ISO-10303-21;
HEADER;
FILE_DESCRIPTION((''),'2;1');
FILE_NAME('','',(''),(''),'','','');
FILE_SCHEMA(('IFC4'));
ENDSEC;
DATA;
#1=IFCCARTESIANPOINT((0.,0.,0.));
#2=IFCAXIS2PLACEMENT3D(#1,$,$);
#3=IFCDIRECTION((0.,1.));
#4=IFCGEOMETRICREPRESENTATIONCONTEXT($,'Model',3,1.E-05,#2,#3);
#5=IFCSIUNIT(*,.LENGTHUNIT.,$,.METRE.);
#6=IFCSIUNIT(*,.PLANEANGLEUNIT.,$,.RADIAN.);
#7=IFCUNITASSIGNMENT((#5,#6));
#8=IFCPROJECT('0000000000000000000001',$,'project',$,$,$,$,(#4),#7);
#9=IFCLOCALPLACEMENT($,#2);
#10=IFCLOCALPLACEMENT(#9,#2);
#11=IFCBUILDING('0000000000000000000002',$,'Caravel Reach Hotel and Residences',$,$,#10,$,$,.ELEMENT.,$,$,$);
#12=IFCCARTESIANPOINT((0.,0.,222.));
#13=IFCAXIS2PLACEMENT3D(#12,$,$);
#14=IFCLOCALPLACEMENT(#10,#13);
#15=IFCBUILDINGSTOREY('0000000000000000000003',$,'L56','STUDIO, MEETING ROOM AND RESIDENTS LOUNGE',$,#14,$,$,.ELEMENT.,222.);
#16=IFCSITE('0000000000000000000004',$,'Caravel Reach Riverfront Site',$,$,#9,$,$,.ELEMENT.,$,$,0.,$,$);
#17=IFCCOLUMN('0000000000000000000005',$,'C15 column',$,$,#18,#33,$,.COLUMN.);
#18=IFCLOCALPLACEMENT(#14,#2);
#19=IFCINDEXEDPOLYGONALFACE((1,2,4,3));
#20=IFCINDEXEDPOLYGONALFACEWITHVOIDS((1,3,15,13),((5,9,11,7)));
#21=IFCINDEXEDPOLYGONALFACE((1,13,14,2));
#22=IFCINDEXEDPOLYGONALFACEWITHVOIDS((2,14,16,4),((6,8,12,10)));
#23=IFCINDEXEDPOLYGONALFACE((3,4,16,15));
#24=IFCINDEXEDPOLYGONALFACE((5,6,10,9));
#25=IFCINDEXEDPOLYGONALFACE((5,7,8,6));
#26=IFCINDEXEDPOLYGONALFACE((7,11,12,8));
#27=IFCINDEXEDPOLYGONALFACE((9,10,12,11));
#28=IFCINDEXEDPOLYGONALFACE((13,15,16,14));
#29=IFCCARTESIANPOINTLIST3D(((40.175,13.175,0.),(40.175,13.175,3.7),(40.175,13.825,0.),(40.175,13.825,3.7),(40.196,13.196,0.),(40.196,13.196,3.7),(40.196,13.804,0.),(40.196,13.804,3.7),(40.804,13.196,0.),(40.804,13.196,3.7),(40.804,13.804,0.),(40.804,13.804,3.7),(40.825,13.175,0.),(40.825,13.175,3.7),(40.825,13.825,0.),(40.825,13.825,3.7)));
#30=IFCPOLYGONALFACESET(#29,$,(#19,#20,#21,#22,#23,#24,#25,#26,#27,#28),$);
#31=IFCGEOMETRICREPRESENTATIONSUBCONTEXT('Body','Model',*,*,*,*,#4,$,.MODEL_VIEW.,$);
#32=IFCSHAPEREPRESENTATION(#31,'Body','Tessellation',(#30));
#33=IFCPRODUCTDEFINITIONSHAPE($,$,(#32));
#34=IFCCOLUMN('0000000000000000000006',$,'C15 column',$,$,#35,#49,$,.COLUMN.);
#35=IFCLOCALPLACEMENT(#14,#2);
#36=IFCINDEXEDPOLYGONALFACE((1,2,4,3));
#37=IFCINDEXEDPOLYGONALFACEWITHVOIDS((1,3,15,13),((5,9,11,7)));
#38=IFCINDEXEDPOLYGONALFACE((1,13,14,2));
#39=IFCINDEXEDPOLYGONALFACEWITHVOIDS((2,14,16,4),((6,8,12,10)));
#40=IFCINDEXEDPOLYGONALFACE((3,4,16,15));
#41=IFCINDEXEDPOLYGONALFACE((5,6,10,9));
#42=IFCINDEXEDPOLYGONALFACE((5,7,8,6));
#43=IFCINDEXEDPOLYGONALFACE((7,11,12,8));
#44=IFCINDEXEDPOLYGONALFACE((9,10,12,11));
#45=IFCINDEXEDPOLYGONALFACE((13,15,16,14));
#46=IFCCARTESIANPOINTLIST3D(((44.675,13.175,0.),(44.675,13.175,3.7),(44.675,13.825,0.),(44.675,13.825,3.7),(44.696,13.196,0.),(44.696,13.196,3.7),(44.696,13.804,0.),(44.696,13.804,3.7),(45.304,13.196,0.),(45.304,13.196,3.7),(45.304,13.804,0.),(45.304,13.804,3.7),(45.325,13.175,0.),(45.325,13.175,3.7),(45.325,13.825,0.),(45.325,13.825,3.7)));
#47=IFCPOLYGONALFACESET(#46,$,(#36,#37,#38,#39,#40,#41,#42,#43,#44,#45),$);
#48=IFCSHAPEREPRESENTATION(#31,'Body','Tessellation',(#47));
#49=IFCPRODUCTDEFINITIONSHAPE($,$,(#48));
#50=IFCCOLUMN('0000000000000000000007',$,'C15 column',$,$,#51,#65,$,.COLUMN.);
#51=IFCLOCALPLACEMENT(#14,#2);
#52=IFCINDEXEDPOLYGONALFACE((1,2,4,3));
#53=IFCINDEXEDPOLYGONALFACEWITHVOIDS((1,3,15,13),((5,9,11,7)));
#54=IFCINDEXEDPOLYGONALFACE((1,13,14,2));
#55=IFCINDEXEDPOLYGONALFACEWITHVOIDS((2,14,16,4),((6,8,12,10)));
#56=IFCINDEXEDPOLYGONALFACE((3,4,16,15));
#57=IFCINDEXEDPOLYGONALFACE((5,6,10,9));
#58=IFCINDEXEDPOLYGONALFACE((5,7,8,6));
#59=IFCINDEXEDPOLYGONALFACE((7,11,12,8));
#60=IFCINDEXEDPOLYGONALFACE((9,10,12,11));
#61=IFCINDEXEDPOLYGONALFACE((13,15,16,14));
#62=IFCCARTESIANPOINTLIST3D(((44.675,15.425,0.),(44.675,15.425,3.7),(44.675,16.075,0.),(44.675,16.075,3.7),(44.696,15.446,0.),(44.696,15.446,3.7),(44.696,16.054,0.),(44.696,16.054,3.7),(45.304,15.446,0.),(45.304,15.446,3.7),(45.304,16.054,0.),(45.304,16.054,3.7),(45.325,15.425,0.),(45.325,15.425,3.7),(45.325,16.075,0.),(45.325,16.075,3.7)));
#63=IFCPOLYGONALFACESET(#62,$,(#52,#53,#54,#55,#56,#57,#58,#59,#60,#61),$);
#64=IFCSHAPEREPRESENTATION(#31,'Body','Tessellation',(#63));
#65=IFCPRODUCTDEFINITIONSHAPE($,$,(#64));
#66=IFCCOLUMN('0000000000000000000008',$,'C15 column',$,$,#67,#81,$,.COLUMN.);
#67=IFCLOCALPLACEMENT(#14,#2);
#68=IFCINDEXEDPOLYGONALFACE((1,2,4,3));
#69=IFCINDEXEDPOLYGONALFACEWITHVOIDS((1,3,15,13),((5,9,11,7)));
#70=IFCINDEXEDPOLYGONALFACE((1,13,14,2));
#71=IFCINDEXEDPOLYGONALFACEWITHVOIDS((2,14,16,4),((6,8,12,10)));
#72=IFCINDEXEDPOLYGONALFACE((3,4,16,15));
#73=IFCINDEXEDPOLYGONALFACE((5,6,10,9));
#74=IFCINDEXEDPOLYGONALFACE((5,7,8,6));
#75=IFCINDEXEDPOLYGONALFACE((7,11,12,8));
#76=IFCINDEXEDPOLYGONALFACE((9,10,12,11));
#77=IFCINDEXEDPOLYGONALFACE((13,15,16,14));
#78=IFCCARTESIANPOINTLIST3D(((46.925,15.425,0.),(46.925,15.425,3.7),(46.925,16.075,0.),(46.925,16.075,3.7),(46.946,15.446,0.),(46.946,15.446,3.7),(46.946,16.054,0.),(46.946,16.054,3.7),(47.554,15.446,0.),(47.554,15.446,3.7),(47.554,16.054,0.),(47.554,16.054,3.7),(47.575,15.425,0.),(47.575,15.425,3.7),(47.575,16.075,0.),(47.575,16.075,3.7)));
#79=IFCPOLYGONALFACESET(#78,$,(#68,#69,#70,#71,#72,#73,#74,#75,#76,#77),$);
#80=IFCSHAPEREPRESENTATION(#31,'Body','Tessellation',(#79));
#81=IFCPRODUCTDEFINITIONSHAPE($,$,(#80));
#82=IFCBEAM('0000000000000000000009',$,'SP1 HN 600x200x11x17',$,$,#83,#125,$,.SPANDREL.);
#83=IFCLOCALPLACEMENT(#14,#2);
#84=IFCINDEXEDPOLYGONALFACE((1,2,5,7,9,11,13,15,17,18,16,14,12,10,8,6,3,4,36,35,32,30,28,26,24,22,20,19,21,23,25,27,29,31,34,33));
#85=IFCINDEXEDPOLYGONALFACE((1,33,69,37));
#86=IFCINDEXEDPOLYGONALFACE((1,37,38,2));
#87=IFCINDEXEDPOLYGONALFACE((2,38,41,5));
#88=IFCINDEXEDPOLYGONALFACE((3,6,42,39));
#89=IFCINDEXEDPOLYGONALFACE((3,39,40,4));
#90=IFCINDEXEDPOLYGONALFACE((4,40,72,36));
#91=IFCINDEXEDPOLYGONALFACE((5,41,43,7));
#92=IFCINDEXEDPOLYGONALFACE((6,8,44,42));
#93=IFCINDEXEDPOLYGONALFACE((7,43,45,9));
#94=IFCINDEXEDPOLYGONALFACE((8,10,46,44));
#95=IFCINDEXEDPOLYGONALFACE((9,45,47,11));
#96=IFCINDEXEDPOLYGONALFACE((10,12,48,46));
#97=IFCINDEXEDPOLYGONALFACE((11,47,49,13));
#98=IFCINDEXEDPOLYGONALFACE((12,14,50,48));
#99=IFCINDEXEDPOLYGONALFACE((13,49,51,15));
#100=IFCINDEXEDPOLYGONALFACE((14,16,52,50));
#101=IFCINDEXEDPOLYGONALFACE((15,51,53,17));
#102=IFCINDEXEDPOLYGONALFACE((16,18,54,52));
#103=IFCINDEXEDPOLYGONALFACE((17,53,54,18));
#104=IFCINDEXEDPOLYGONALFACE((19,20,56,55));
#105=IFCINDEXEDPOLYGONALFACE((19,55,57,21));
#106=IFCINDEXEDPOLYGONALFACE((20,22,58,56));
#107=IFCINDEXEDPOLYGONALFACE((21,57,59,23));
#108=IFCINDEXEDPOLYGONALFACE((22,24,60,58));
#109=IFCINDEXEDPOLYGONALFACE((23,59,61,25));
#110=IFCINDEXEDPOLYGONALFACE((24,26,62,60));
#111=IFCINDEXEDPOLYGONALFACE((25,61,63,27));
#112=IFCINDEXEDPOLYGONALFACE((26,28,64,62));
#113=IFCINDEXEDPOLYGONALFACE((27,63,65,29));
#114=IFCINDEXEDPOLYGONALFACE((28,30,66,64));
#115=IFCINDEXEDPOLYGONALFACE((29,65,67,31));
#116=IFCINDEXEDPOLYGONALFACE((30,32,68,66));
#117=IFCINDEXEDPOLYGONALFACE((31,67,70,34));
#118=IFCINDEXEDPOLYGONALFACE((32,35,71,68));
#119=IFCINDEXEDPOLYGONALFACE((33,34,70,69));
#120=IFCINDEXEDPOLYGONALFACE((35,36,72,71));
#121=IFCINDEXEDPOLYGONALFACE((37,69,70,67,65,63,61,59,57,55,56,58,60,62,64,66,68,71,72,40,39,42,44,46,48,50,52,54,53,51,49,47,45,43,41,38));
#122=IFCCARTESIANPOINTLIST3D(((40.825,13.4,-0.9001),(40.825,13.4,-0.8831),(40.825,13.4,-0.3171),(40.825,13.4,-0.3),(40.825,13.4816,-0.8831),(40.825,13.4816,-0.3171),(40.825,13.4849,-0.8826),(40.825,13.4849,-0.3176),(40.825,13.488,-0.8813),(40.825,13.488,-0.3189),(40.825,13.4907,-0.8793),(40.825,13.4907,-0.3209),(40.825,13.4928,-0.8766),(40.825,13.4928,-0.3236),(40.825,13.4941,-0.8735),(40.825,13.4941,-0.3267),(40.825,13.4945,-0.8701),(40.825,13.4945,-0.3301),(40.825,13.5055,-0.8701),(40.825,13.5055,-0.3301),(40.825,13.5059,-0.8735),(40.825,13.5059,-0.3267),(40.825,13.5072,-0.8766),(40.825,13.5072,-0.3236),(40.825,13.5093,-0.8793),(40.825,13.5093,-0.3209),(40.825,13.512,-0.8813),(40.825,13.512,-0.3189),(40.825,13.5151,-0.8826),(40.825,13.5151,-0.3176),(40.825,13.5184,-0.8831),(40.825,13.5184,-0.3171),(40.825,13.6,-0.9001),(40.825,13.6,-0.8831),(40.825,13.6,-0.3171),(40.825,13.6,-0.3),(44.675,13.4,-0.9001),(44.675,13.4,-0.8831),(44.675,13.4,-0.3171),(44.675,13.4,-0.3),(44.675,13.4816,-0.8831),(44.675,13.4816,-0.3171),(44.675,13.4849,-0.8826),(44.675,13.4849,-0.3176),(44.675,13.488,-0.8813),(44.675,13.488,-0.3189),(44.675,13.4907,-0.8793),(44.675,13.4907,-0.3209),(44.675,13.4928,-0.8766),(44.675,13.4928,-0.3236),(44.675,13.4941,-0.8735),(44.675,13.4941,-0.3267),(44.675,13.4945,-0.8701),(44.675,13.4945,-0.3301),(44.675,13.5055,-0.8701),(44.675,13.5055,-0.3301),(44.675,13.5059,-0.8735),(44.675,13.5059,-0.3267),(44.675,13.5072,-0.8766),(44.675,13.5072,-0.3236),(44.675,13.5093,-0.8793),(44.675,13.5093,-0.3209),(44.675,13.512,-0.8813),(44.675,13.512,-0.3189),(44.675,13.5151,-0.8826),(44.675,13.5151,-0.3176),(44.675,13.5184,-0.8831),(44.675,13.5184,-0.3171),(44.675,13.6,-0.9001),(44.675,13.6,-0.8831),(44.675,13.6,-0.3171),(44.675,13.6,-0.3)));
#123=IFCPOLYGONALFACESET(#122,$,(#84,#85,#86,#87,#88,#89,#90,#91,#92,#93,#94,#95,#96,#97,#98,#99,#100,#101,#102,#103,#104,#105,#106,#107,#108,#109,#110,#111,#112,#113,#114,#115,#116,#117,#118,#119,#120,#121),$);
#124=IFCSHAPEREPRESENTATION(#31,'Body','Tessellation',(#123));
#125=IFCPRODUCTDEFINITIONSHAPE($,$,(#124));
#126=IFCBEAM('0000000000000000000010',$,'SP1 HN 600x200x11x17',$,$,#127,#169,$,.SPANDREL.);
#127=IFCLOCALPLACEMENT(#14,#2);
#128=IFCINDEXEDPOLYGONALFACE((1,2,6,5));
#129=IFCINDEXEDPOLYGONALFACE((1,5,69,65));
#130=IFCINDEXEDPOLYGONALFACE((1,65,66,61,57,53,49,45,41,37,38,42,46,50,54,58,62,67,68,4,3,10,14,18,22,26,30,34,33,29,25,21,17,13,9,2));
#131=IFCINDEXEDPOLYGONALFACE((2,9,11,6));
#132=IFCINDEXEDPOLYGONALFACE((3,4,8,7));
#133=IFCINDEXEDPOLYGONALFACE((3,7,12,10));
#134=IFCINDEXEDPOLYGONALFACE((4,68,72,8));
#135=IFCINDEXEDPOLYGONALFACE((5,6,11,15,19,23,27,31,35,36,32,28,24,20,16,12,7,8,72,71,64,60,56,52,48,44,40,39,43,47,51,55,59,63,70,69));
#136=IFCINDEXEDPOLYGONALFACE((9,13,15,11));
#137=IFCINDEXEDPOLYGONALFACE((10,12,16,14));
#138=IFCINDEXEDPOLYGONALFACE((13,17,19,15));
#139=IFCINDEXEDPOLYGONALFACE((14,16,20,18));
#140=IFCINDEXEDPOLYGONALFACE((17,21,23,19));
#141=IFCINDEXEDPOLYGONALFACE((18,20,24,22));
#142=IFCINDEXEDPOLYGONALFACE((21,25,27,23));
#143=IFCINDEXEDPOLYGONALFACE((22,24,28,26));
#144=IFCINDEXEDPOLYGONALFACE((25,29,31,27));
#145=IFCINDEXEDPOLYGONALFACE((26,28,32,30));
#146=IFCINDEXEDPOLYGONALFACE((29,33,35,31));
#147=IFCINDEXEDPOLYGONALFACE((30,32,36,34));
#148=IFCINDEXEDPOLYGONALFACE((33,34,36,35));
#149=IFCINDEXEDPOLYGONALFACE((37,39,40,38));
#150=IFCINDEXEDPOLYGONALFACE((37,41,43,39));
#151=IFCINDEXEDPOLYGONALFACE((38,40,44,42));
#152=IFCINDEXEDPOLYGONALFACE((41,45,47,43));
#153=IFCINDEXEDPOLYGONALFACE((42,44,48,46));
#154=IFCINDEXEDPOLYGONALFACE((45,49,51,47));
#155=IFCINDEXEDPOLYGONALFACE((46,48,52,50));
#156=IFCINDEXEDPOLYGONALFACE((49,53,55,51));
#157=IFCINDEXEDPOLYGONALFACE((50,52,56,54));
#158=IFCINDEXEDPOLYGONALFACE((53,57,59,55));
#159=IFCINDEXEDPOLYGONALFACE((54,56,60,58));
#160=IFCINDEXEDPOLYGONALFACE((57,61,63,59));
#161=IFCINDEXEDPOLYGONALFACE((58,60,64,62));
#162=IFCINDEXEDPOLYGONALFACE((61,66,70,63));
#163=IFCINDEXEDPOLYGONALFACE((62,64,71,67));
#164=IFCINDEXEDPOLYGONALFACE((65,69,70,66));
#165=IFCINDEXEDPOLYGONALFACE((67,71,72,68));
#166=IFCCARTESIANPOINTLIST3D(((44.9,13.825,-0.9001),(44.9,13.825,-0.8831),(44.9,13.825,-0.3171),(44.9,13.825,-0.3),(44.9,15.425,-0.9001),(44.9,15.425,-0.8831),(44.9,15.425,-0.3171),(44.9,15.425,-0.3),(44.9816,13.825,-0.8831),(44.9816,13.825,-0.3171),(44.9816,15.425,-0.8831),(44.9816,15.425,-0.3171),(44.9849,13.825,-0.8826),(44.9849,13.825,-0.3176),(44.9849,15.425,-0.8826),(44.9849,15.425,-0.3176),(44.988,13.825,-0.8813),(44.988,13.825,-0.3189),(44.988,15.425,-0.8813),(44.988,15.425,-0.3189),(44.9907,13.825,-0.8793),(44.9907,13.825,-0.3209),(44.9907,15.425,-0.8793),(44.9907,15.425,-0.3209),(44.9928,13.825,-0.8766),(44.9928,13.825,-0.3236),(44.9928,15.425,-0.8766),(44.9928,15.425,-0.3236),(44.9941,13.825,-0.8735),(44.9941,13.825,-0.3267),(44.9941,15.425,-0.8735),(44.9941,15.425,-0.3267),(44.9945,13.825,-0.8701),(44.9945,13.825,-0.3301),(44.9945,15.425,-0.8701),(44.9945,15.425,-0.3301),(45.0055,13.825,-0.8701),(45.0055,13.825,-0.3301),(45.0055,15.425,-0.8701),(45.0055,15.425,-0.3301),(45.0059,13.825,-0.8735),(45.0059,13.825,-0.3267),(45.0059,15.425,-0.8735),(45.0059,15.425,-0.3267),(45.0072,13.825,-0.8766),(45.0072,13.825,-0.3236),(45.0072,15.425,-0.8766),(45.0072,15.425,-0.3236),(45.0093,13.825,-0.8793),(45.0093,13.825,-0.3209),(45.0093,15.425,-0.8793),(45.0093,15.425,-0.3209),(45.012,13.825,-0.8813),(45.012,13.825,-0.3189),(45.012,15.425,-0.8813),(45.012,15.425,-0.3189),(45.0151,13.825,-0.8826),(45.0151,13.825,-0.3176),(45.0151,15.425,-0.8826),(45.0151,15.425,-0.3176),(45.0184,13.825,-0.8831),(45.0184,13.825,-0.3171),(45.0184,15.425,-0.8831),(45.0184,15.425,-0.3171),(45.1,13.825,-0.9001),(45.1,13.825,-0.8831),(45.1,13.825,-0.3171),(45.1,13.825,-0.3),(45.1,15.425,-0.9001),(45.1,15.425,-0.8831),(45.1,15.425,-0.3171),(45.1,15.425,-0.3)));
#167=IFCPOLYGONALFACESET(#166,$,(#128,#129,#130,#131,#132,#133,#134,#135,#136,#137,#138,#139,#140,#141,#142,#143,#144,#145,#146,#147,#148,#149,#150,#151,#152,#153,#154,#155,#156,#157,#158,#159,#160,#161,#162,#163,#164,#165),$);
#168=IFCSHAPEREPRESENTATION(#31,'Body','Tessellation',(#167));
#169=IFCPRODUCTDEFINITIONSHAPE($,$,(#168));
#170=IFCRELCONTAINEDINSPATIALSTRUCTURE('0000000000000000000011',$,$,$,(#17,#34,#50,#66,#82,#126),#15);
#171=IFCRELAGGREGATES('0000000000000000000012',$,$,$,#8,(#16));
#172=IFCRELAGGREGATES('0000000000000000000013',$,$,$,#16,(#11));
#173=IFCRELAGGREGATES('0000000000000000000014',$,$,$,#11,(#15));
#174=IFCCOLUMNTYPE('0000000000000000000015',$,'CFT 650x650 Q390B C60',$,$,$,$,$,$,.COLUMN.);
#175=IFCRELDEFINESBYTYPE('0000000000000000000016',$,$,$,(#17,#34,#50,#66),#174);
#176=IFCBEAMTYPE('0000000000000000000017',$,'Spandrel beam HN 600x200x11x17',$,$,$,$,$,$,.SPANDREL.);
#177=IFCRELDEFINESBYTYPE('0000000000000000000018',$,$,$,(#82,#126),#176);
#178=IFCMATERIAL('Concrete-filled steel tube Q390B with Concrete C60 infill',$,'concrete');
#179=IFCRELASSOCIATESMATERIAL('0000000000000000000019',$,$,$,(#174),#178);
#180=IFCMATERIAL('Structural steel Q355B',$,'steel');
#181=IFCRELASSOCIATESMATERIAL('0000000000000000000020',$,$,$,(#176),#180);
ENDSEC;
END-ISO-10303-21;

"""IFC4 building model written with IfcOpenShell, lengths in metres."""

from ifc_helpers import new_model, si_unit, direction, frame, origin, origin_2d, place, context, subcontext, project, spatial, hollow_rectangle, i_section, extrude, material, material_profile, profile_set, type_object, element, save


model = new_model("IFC4")

# Units and contexts
model_context = context("Model", 3, precision=1e-05, world=origin(), true_north=direction((0.0, 1.0)))
body_context = subcontext(model_context, "Body", "Model", "MODEL_VIEW")
ifc_project = project(units=[si_unit("LENGTHUNIT", "METRE"), si_unit("PLANEANGLEUNIT", "RADIAN")], contexts=[model_context])

# Site, building, storey
site_placement = place(None, origin())
site = spatial("IfcSite", under=ifc_project, at=site_placement, Name="Caravel Reach Riverfront Site", CompositionType="ELEMENT", RefElevation=0.0)
building_placement = place(site_placement, origin())
building = spatial("IfcBuilding", under=site, at=building_placement, Name="Caravel Reach Hotel and Residences", CompositionType="ELEMENT")
storey_placement = place(building_placement, frame((0.0, 0.0, 222.0)))
storey = spatial("IfcBuildingStorey", under=building, at=storey_placement, Name="L56", Description="STUDIO, MEETING ROOM AND RESIDENTS LOUNGE", CompositionType="ELEMENT", Elevation=222.0)

# Columns
ifc_material_1 = material(Name="Concrete-filled steel tube Q390B with Concrete C60 infill", Category="concrete")
ifc_material_profile_1 = material_profile(ifc_material_1, hollow_rectangle(XDim=0.6499, YDim=0.6499, WallThickness=0.021, at=origin_2d()), Name="RHS 650x650x21")
ifc_profile_set_1 = profile_set([ifc_material_profile_1], Name="Concrete-filled steel tube Q390B with Concrete C60 infill")
column_type = type_object("IfcColumnType", Name="CFT 650x650 Q390B C60", PredefinedType="COLUMN", material=ifc_profile_set_1)
for number, where, z_axis, x_axis, name in (
    (1, (40.5, 13.5, 0.0), (0.0, 0.0, 1.0), (1.0, 0.0, 0.0), "C15 column"),
    (2, (45.0, 13.5, 0.0), (0.0, 0.0, 1.0), (1.0, 0.0, 0.0), "C15 column"),
    (3, (45.0, 15.75, 0.0), (0.0, 0.0, 1.0), (1.0, 0.0, 0.0), "C15 column"),
    (4, (47.25, 15.75, 0.0), (0.0, 0.0, 1.0), (1.0, 0.0, 0.0), "C15 column"),
):
    element("IfcColumn", number, at=place(storey_placement, frame(where, z_axis=z_axis, x_axis=x_axis)), inside=storey, type_object=column_type, Name=name, PredefinedType="COLUMN", context=body_context, shape_type="SweptSolid", body=[
        extrude(hollow_rectangle(XDim=0.6499, YDim=0.6499, WallThickness=0.021, at=origin_2d()), origin(), (0.0, 0.0, 1.0), 3.7),
    ])

# Beams
ifc_material_2 = material(Name="Structural steel Q355B", Category="steel")
ifc_material_profile_2 = material_profile(ifc_material_2, i_section(OverallWidth=0.2, OverallDepth=0.6001, WebThickness=0.011, FlangeThickness=0.0171, FilletRadius=0.0129, at=origin_2d()), Name="HN 600x200x11x17")
ifc_profile_set_2 = profile_set([ifc_material_profile_2], Name="Structural steel Q355B")
beam_type = type_object("IfcBeamType", Name="Spandrel beam HN 600x200x11x17", PredefinedType="SPANDREL", material=ifc_profile_set_2)
beam_placement = place(storey_placement, frame((40.825, 13.5, -0.6001), z_axis=(1.0, 0.0, 0.0), x_axis=(0.0, 1.0, 0.0)))
element("IfcBeam", 5, at=beam_placement, inside=storey, type_object=beam_type, Name="SP1 HN 600x200x11x17", PredefinedType="SPANDREL", context=body_context, shape_type="SweptSolid", body=[
    extrude(i_section(OverallWidth=0.2, OverallDepth=0.6001, WebThickness=0.011, FlangeThickness=0.0171, FilletRadius=0.0129, at=origin_2d()), origin(), (0.0, 0.0, 1.0), 3.8501),
])
for number, where, z_axis, x_axis, name in (
    (6, (45.0, 13.825, -0.6001), (0.0, 1.0, 0.0), (-1.0, 0.0, 0.0), "SP1 HN 600x200x11x17"),
):
    element("IfcBeam", number, at=place(storey_placement, frame(where, z_axis=z_axis, x_axis=x_axis)), inside=storey, type_object=beam_type, Name=name, PredefinedType="SPANDREL", context=body_context, shape_type="SweptSolid", body=[
        extrude(i_section(OverallWidth=0.2, OverallDepth=0.6001, WebThickness=0.011, FlangeThickness=0.0171, FilletRadius=0.0129, at=origin_2d()), origin(), (0.0, 0.0, 1.0), 1.6001),
    ])

save(model, "model.ifc")
